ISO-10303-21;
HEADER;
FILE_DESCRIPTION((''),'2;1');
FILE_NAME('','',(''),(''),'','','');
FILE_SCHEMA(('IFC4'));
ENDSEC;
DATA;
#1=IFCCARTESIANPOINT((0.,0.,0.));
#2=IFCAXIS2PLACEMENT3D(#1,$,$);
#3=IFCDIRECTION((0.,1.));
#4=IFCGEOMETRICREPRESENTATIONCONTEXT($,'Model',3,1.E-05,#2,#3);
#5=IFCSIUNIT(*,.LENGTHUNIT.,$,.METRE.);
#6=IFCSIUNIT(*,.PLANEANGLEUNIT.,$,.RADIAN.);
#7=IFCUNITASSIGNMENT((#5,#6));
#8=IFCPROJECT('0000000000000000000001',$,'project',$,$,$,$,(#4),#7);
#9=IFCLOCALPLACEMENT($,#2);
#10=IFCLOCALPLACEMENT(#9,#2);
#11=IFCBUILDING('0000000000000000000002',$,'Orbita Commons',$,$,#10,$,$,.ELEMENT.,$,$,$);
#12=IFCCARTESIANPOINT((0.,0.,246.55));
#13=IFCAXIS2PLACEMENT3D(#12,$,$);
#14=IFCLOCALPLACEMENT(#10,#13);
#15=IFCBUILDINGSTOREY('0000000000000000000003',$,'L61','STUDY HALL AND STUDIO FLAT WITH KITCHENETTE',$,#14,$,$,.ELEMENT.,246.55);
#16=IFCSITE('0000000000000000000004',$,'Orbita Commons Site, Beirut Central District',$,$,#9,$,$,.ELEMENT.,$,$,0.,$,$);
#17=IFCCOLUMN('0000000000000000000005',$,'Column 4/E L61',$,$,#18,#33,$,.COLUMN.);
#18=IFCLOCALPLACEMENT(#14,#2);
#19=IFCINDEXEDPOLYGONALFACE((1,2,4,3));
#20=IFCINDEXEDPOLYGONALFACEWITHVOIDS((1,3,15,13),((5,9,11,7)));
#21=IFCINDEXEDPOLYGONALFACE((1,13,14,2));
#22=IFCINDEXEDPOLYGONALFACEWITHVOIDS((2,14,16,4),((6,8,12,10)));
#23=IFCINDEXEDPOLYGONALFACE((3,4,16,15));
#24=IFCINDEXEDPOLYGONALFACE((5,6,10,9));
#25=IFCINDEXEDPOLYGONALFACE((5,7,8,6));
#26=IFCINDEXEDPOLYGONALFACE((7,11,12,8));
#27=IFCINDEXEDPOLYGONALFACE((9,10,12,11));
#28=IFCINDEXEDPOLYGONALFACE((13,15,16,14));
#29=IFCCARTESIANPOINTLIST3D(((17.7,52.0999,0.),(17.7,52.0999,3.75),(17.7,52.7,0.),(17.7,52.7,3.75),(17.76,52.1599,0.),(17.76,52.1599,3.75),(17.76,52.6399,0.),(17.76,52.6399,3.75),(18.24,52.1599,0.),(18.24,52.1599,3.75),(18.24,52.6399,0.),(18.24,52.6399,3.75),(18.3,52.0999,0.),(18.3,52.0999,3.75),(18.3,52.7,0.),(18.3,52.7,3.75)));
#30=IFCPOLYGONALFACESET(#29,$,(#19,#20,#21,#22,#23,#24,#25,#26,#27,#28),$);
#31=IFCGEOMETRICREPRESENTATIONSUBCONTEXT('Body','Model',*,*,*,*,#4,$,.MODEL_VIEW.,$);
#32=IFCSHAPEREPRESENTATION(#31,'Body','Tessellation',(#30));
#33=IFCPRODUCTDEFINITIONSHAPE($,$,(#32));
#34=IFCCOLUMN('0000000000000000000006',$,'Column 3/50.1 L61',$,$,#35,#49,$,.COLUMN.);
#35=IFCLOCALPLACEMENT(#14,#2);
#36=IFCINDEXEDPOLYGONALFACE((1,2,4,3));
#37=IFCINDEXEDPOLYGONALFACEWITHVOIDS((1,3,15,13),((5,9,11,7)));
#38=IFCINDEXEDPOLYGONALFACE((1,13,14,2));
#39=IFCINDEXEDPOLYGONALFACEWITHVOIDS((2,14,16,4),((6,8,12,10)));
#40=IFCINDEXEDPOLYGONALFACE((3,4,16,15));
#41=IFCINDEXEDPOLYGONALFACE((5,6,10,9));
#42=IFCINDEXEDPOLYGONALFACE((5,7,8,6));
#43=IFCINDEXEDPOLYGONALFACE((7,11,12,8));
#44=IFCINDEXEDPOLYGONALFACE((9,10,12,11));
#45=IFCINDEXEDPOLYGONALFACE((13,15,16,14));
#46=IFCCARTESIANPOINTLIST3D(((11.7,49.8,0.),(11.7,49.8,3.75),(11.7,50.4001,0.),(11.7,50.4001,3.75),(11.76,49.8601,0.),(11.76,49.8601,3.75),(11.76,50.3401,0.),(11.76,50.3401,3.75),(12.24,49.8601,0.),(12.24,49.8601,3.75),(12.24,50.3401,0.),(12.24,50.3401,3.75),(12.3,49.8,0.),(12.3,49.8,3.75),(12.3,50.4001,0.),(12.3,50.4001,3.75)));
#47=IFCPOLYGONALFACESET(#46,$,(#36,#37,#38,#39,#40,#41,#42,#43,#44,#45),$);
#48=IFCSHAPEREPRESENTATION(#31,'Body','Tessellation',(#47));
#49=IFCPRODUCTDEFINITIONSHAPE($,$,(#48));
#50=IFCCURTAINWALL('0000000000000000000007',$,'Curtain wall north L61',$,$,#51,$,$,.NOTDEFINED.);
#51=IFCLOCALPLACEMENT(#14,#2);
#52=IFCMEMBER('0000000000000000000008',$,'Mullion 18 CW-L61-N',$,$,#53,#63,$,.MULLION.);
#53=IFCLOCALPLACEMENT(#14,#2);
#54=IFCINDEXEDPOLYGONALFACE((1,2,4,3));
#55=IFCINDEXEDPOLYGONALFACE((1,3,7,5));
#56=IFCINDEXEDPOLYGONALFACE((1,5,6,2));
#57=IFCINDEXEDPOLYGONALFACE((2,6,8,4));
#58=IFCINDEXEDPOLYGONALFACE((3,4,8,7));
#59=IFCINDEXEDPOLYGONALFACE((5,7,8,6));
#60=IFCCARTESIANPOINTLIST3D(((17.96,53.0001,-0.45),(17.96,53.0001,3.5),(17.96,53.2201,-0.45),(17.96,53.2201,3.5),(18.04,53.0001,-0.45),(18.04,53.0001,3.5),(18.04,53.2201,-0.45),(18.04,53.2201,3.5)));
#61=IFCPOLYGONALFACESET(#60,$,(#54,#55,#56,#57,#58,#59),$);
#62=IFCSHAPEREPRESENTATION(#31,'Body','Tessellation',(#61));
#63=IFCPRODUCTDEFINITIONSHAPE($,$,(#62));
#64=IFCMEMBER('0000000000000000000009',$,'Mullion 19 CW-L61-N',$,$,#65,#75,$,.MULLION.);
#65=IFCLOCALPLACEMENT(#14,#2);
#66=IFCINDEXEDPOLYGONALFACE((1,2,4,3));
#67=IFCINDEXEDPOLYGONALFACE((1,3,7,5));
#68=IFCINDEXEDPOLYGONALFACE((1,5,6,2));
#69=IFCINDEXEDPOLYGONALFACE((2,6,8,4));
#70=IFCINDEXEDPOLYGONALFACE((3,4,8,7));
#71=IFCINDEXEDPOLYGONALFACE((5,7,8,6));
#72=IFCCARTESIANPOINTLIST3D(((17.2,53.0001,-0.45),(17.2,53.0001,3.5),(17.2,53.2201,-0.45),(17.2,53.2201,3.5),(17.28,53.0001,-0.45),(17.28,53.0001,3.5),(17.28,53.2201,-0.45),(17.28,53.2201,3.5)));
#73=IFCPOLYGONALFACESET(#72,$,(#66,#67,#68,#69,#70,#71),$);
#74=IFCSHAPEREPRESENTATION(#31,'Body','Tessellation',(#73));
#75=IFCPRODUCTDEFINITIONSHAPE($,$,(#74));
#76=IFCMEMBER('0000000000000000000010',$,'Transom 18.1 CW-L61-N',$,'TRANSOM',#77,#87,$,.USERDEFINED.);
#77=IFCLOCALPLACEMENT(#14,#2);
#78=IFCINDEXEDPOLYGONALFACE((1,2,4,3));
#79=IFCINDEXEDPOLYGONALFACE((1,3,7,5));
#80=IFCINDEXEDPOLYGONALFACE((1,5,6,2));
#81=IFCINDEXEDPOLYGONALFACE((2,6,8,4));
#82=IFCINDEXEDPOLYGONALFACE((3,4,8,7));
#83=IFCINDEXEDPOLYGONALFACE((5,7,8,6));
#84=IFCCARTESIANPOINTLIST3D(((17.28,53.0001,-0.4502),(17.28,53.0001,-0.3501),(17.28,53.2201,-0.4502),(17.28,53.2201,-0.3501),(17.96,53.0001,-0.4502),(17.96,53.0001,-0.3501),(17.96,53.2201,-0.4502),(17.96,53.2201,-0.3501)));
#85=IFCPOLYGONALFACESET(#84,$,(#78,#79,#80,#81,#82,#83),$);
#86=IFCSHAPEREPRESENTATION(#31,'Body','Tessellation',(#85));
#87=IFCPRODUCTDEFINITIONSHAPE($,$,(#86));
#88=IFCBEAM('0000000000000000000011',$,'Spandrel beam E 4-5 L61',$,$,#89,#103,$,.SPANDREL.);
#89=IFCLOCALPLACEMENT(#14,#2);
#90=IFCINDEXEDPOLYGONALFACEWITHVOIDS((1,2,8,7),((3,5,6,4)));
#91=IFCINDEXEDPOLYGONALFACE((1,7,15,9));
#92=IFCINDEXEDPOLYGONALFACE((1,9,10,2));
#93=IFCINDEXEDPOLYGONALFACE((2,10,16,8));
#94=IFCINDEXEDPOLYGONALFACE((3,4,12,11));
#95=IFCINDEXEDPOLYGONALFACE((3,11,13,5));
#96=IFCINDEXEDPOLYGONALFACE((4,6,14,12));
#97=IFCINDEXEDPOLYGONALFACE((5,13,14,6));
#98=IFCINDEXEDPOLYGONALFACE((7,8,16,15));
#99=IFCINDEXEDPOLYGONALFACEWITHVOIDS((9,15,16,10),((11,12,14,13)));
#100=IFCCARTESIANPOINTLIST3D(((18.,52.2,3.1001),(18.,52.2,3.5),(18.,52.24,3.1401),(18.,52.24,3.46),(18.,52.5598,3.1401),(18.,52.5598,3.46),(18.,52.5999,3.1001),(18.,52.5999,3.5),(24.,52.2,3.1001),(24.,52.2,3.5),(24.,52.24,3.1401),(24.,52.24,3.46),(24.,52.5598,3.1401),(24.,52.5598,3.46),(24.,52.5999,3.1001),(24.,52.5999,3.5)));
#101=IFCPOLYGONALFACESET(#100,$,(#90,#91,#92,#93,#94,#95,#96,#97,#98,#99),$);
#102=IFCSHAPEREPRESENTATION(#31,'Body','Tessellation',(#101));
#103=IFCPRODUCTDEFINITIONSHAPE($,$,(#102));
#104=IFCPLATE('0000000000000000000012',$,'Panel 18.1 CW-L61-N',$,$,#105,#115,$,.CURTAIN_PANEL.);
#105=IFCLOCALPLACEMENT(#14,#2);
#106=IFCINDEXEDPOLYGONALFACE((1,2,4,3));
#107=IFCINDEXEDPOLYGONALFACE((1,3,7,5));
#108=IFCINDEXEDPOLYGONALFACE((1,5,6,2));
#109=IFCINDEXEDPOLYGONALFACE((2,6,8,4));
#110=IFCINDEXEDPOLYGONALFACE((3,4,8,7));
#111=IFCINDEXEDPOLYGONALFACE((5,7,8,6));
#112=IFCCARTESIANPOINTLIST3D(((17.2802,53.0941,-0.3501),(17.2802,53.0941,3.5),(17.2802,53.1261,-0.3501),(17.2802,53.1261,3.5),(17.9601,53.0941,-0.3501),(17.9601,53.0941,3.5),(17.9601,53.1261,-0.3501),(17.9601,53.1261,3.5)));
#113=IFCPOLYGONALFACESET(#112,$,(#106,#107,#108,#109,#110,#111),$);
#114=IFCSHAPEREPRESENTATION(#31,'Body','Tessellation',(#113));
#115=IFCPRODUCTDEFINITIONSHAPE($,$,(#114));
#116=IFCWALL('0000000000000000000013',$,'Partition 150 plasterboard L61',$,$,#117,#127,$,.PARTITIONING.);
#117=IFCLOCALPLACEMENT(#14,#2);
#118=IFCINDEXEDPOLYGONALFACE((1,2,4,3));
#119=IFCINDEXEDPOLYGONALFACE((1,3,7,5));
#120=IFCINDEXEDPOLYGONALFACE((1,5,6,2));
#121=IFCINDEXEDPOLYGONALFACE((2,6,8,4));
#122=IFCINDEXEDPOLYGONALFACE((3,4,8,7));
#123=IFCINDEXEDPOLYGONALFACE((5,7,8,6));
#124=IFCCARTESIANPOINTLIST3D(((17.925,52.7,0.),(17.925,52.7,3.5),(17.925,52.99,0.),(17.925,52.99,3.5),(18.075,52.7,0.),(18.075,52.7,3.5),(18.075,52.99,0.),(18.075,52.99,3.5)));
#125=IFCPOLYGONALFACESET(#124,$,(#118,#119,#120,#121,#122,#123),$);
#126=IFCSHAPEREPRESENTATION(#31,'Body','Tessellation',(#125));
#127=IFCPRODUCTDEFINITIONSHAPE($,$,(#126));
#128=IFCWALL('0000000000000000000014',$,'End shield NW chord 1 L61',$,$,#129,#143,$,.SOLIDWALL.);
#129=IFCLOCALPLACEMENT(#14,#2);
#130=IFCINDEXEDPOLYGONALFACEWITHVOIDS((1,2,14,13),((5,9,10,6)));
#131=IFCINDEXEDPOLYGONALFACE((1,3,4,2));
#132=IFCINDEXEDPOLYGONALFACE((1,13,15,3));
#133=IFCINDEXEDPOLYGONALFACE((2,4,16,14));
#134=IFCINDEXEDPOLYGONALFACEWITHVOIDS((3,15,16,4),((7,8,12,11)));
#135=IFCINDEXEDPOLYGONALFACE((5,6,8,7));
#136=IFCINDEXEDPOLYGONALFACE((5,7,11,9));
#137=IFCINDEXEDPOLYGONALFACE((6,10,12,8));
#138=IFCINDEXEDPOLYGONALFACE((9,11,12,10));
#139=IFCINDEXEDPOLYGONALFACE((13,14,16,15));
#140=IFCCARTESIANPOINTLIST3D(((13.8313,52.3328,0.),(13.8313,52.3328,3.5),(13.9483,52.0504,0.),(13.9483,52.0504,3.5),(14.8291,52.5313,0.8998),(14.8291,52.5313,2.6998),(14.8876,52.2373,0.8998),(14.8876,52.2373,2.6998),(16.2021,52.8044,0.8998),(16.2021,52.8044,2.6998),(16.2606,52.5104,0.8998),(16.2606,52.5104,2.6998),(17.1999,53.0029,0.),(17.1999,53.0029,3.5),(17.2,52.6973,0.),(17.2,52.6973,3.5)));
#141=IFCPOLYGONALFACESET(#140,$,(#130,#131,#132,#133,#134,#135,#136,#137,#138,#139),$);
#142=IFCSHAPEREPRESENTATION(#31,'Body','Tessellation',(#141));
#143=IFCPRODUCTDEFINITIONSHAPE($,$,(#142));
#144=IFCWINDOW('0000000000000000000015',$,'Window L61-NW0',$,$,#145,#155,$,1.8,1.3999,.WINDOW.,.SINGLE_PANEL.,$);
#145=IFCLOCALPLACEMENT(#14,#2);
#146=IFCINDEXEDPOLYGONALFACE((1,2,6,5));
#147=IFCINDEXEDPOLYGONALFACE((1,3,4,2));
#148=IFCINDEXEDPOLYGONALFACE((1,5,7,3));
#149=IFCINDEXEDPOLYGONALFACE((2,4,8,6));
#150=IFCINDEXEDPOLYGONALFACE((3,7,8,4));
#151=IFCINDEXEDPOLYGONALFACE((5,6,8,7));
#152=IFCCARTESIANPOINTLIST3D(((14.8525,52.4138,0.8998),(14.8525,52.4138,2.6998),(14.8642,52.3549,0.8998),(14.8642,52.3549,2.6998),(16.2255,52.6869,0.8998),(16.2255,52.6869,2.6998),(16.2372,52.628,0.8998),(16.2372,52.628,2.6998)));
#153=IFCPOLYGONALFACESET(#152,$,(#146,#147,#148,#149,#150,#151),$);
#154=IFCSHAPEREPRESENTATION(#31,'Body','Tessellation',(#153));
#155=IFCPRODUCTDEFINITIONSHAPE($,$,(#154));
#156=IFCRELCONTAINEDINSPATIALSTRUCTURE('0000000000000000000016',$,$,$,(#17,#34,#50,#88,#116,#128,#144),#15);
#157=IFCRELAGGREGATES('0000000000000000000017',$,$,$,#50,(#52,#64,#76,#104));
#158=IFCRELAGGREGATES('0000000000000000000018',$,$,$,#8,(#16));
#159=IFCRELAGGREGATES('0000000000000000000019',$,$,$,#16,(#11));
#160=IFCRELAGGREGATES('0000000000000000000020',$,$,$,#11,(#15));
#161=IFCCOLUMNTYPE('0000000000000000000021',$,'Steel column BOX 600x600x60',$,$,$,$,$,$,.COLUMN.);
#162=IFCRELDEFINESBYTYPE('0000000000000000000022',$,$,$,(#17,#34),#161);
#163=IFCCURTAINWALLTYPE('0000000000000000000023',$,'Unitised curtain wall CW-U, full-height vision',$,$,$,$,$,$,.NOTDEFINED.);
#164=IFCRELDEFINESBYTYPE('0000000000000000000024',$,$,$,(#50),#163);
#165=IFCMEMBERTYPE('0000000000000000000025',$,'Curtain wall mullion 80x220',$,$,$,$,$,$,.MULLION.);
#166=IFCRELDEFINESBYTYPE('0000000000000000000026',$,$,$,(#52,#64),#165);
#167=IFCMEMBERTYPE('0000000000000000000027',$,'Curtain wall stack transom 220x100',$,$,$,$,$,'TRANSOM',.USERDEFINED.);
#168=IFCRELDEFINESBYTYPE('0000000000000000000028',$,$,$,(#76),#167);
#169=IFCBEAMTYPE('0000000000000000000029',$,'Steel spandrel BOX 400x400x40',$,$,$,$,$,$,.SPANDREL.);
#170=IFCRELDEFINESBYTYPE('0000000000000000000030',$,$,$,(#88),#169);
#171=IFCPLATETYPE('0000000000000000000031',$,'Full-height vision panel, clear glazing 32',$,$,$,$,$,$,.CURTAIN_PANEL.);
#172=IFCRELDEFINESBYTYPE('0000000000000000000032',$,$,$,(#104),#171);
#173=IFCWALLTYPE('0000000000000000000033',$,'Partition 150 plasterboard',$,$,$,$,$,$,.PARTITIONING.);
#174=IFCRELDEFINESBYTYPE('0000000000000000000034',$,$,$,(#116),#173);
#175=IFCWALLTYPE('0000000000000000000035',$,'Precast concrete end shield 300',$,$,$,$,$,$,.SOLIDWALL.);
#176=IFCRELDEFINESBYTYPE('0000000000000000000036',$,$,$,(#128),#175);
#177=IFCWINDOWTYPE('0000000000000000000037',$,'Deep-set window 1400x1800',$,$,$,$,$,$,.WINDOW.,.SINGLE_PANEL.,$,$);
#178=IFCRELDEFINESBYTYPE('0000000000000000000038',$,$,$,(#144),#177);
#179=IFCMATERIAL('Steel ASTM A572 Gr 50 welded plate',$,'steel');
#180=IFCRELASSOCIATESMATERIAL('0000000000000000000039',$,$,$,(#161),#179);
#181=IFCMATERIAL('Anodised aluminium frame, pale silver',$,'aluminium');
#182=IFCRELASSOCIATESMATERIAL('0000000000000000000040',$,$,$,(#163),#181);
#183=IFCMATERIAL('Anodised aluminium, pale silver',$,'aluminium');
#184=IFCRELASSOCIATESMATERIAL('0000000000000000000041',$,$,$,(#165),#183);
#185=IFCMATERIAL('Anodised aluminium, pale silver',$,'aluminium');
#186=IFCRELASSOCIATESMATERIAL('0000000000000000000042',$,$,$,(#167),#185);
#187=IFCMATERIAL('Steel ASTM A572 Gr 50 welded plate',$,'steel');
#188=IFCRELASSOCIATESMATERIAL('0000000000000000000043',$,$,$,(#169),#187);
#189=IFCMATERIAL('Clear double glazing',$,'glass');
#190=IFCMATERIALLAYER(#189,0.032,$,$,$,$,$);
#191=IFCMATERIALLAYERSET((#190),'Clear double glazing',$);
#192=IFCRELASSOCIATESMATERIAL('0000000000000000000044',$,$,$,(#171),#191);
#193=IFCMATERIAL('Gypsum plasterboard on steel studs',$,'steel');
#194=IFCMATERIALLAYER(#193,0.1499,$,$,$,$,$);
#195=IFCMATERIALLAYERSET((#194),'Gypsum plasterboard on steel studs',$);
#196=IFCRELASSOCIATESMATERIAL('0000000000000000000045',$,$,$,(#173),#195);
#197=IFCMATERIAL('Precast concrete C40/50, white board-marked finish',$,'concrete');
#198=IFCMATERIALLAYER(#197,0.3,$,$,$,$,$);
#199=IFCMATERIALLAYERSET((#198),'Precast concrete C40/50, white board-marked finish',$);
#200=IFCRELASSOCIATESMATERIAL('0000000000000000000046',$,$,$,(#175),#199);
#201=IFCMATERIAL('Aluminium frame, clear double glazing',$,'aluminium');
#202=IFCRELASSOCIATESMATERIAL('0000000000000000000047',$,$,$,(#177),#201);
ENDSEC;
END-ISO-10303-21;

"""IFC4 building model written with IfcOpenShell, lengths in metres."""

from ifc_helpers import new_model, si_unit, direction, frame, frame_2d, origin, origin_2d, place, context, subcontext, project, spatial, polyline, rectangle, hollow_rectangle, outline, extrude, material, layer, layer_set, material_profile, profile_set, type_object, element, fill, aggregate, save


model = new_model("IFC4")

# Units and contexts
model_context = context("Model", 3, precision=1e-05, world=origin(), true_north=direction((0.0, 1.0)))
body_context = subcontext(model_context, "Body", "Model", "MODEL_VIEW")
ifc_project = project(units=[si_unit("LENGTHUNIT", "METRE"), si_unit("PLANEANGLEUNIT", "RADIAN")], contexts=[model_context])

# Site, building, storey
site_placement = place(None, origin())
site = spatial("IfcSite", under=ifc_project, at=site_placement, Name="Orbita Commons Site, Beirut Central District", CompositionType="ELEMENT", RefElevation=0.0)
building_placement = place(site_placement, origin())
building = spatial("IfcBuilding", under=site, at=building_placement, Name="Orbita Commons", CompositionType="ELEMENT")
storey_placement = place(building_placement, frame((0.0, 0.0, 246.55)))
storey = spatial("IfcBuildingStorey", under=building, at=storey_placement, Name="L61", Description="STUDY HALL AND STUDIO FLAT WITH KITCHENETTE", CompositionType="ELEMENT", Elevation=246.55)

# Columns
ifc_material_1 = material(Name="Steel ASTM A572 Gr 50 welded plate", Category="steel")
ifc_material_profile_1 = material_profile(ifc_material_1, hollow_rectangle(XDim=0.6001, YDim=0.6001, WallThickness=0.0601, at=origin_2d()), Name="BOX 600x600x60")
ifc_profile_set_1 = profile_set([ifc_material_profile_1], Name="Steel ASTM A572 Gr 50 welded plate")
column_type = type_object("IfcColumnType", Name="Steel column BOX 600x600x60", PredefinedType="COLUMN", material=ifc_profile_set_1)
for number, where, z_axis, x_axis, name in (
    (1, (18.0, 52.3999, 0.0), (0.0, 0.0, 1.0), (1.0, 0.0, 0.0), "Column 4/E L61"),
    (2, (12.0, 50.1001, 0.0), (0.0, 0.0, 1.0), (1.0, 0.0, 0.0), "Column 3/50.1 L61"),
):
    element("IfcColumn", number, at=place(storey_placement, frame(where, z_axis=z_axis, x_axis=x_axis)), inside=storey, type_object=column_type, Name=name, PredefinedType="COLUMN", context=body_context, shape_type="SweptSolid", body=[
        extrude(hollow_rectangle(XDim=0.6001, YDim=0.6001, WallThickness=0.0601, at=origin_2d()), origin(), (0.0, 0.0, 1.0), 3.75),
    ])

# Curtain wall, members
ifc_material_2 = material(Name="Anodised aluminium frame, pale silver", Category="aluminium")
curtain_wall_type = type_object("IfcCurtainWallType", Name="Unitised curtain wall CW-U, full-height vision", PredefinedType="NOTDEFINED", material=ifc_material_2)
curtain_wall_placement = place(storey_placement, origin())
curtain_wall = element("IfcCurtainWall", 3, at=curtain_wall_placement, inside=storey, type_object=curtain_wall_type, Name="Curtain wall north L61", PredefinedType="NOTDEFINED")
ifc_material_3 = material(Name="Anodised aluminium, pale silver", Category="aluminium")
ifc_material_profile_2 = material_profile(ifc_material_3, rectangle(XDim=0.0801, YDim=0.22, at=origin_2d()), Name="AL 80x220")
ifc_profile_set_2 = profile_set([ifc_material_profile_2], Name="Anodised aluminium, pale silver")
member_type_1 = type_object("IfcMemberType", Name="Curtain wall mullion 80x220", PredefinedType="MULLION", material=ifc_profile_set_2)
member_1_placement = place(storey_placement, frame((18.0, 53.1101, -0.45), z_axis=(0.0, 0.0, 1.0), x_axis=(-1.0, 0.0, 0.0)))
member_1 = element("IfcMember", 4, at=member_1_placement, type_object=member_type_1, Name="Mullion 18 CW-L61-N", PredefinedType="MULLION", context=body_context, shape_type="SweptSolid", body=[
    extrude(rectangle(XDim=0.0801, YDim=0.22, at=origin_2d()), origin(), (0.0, 0.0, 1.0), 3.95),
])
member_2_placement = place(storey_placement, frame((17.24, 53.1101, -0.45), z_axis=(0.0, 0.0, 1.0), x_axis=(-1.0, 0.0, 0.0)))
member_2 = element("IfcMember", 5, at=member_2_placement, type_object=member_type_1, Name="Mullion 19 CW-L61-N", PredefinedType="MULLION", context=body_context, shape_type="SweptSolid", body=[
    extrude(rectangle(XDim=0.0801, YDim=0.22, at=origin_2d()), origin(), (0.0, 0.0, 1.0), 3.95),
])
ifc_material_4 = material(Name="Anodised aluminium, pale silver", Category="aluminium")
ifc_material_profile_3 = material_profile(ifc_material_4, rectangle(XDim=0.22, YDim=0.1001, at=origin_2d()), Name="AL 220x100")
ifc_profile_set_3 = profile_set([ifc_material_profile_3], Name="Anodised aluminium, pale silver")
member_type_2 = type_object("IfcMemberType", Name="Curtain wall stack transom 220x100", ElementType="TRANSOM", PredefinedType="USERDEFINED", material=ifc_profile_set_3)
member_3_placement = place(storey_placement, frame((17.96, 53.1101, -0.4001), z_axis=(-1.0, 0.0, 0.0), x_axis=(0.0, -1.0, 0.0)))
member_3 = element("IfcMember", 6, at=member_3_placement, type_object=member_type_2, Name="Transom 18.1 CW-L61-N", ObjectType="TRANSOM", PredefinedType="USERDEFINED", context=body_context, shape_type="SweptSolid", body=[
    extrude(rectangle(XDim=0.22, YDim=0.1001, at=origin_2d()), origin(), (0.0, 0.0, 1.0), 0.6799),
])

# Beam
ifc_material_5 = material(Name="Steel ASTM A572 Gr 50 welded plate", Category="steel")
ifc_material_profile_4 = material_profile(ifc_material_5, hollow_rectangle(XDim=0.3999, YDim=0.3999, WallThickness=0.04, at=origin_2d()), Name="BOX 400x400x40")
ifc_profile_set_4 = profile_set([ifc_material_profile_4], Name="Steel ASTM A572 Gr 50 welded plate")
beam_type = type_object("IfcBeamType", Name="Steel spandrel BOX 400x400x40", PredefinedType="SPANDREL", material=ifc_profile_set_4)
beam_placement = place(storey_placement, frame((18.0, 52.3999, 3.3), z_axis=(1.0, 0.0, 0.0), x_axis=(0.0, 1.0, 0.0)))
element("IfcBeam", 7, at=beam_placement, inside=storey, type_object=beam_type, Name="Spandrel beam E 4-5 L61", PredefinedType="SPANDREL", context=body_context, shape_type="SweptSolid", body=[
    extrude(hollow_rectangle(XDim=0.3999, YDim=0.3999, WallThickness=0.04, at=origin_2d()), origin(), (0.0, 0.0, 1.0), 6.0),
])

# Plate
ifc_material_6 = material(Name="Clear double glazing", Category="glass")
ifc_layer_1 = layer(ifc_material_6, 0.032)
ifc_layer_set_1 = layer_set([ifc_layer_1], Name="Clear double glazing")
plate_type = type_object("IfcPlateType", Name="Full-height vision panel, clear glazing 32", PredefinedType="CURTAIN_PANEL", material=ifc_layer_set_1)
plate_placement = place(storey_placement, frame((17.6201, 53.1101, -0.3501), z_axis=(0.0, 0.0, 1.0), x_axis=(-1.0, 0.0, 0.0)))
plate = element("IfcPlate", 8, at=plate_placement, type_object=plate_type, Name="Panel 18.1 CW-L61-N", PredefinedType="CURTAIN_PANEL", context=body_context, shape_type="SweptSolid", body=[
    extrude(rectangle(XDim=0.6799, YDim=0.032, at=origin_2d()), origin(), (0.0, 0.0, 1.0), 3.8501),
])
aggregate(curtain_wall, [member_1, member_2, member_3, plate])

# Wall
ifc_material_7 = material(Name="Gypsum plasterboard on steel studs", Category="steel")
ifc_layer_2 = layer(ifc_material_7, 0.1499)
ifc_layer_set_2 = layer_set([ifc_layer_2], Name="Gypsum plasterboard on steel studs")
wall_type_1 = type_object("IfcWallType", Name="Partition 150 plasterboard", PredefinedType="PARTITIONING", material=ifc_layer_set_2)
wall_1_placement = place(storey_placement, frame((18.0, 52.7, 0.0), z_axis=(0.0, 0.0, 1.0), x_axis=(0.0, 1.0, 0.0)))
element("IfcWall", 9, at=wall_1_placement, inside=storey, type_object=wall_type_1, Name="Partition 150 plasterboard L61", PredefinedType="PARTITIONING", context=body_context, shape_type="SweptSolid", body=[
    extrude(rectangle(XDim=0.29, YDim=0.1499, at=frame_2d((0.145, 0.0))), origin(), (0.0, 0.0, 1.0), 3.5),
])

# Wall, opening, window
ifc_material_8 = material(Name="Precast concrete C40/50, white board-marked finish", Category="concrete")
ifc_layer_3 = layer(ifc_material_8, 0.3)
ifc_layer_set_3 = layer_set([ifc_layer_3], Name="Precast concrete C40/50, white board-marked finish")
wall_type_2 = type_object("IfcWallType", Name="Precast concrete end shield 300", PredefinedType="SOLIDWALL", material=ifc_layer_set_3)
wall_2_placement = place(storey_placement, frame((17.2, 52.8501, 0.0), z_axis=(0.0, 0.0, 1.0), x_axis=(-0.980783, -0.1951, 0.0)))
wall_2 = element("IfcWall", 10, at=wall_2_placement, inside=storey, type_object=wall_type_2, Name="End shield NW chord 1 L61", PredefinedType="SOLIDWALL", context=body_context, shape_type="SweptSolid", body=[
    extrude(outline(polyline([(-0.0298, -0.1499), (3.4048, -0.1499), (3.3452, 0.1499), (0.0298, 0.1499), (-0.0298, -0.1499)])), origin(), (0.0, 0.0, 1.0), 3.5),
])
opening_1_placement = place(wall_2_placement, frame((0.9875, 0.0, 0.8999)))
opening_1 = element("IfcOpeningElement", 11, at=opening_1_placement, cuts=wall_2, PredefinedType="OPENING", context=body_context, shape_type="SweptSolid", body=[
    extrude(rectangle(XDim=1.3999, YDim=1.8, at=frame_2d((0.7, 0.8999))), frame((0.0, 0.1599, 0.0), z_axis=(0.0, -1.0, 0.0), x_axis=(1.0, 0.0, 0.0)), (0.0, 0.0, 1.0), 0.3201),
])
ifc_material_9 = material(Name="Aluminium frame, clear double glazing", Category="aluminium")
window_type = type_object("IfcWindowType", Name="Deep-set window 1400x1800", PartitioningType="SINGLE_PANEL", PredefinedType="WINDOW", material=ifc_material_9)
window_1_placement = place(opening_1_placement, origin())
window_1 = element("IfcWindow", 12, at=window_1_placement, inside=storey, type_object=window_type, Name="Window L61-NW0", OverallHeight=1.8, OverallWidth=1.3999, PartitioningType="SINGLE_PANEL", PredefinedType="WINDOW", context=body_context, shape_type="SweptSolid", body=[
    extrude(rectangle(XDim=1.3999, YDim=1.8, at=frame_2d((0.7, 0.8999))), frame((0.0, 0.03, 0.0), z_axis=(0.0, -1.0, 0.0), x_axis=(1.0, 0.0, 0.0)), (0.0, 0.0, 1.0), 0.0601),
])
fill(opening_1, window_1)

save(model, "model.ifc")
